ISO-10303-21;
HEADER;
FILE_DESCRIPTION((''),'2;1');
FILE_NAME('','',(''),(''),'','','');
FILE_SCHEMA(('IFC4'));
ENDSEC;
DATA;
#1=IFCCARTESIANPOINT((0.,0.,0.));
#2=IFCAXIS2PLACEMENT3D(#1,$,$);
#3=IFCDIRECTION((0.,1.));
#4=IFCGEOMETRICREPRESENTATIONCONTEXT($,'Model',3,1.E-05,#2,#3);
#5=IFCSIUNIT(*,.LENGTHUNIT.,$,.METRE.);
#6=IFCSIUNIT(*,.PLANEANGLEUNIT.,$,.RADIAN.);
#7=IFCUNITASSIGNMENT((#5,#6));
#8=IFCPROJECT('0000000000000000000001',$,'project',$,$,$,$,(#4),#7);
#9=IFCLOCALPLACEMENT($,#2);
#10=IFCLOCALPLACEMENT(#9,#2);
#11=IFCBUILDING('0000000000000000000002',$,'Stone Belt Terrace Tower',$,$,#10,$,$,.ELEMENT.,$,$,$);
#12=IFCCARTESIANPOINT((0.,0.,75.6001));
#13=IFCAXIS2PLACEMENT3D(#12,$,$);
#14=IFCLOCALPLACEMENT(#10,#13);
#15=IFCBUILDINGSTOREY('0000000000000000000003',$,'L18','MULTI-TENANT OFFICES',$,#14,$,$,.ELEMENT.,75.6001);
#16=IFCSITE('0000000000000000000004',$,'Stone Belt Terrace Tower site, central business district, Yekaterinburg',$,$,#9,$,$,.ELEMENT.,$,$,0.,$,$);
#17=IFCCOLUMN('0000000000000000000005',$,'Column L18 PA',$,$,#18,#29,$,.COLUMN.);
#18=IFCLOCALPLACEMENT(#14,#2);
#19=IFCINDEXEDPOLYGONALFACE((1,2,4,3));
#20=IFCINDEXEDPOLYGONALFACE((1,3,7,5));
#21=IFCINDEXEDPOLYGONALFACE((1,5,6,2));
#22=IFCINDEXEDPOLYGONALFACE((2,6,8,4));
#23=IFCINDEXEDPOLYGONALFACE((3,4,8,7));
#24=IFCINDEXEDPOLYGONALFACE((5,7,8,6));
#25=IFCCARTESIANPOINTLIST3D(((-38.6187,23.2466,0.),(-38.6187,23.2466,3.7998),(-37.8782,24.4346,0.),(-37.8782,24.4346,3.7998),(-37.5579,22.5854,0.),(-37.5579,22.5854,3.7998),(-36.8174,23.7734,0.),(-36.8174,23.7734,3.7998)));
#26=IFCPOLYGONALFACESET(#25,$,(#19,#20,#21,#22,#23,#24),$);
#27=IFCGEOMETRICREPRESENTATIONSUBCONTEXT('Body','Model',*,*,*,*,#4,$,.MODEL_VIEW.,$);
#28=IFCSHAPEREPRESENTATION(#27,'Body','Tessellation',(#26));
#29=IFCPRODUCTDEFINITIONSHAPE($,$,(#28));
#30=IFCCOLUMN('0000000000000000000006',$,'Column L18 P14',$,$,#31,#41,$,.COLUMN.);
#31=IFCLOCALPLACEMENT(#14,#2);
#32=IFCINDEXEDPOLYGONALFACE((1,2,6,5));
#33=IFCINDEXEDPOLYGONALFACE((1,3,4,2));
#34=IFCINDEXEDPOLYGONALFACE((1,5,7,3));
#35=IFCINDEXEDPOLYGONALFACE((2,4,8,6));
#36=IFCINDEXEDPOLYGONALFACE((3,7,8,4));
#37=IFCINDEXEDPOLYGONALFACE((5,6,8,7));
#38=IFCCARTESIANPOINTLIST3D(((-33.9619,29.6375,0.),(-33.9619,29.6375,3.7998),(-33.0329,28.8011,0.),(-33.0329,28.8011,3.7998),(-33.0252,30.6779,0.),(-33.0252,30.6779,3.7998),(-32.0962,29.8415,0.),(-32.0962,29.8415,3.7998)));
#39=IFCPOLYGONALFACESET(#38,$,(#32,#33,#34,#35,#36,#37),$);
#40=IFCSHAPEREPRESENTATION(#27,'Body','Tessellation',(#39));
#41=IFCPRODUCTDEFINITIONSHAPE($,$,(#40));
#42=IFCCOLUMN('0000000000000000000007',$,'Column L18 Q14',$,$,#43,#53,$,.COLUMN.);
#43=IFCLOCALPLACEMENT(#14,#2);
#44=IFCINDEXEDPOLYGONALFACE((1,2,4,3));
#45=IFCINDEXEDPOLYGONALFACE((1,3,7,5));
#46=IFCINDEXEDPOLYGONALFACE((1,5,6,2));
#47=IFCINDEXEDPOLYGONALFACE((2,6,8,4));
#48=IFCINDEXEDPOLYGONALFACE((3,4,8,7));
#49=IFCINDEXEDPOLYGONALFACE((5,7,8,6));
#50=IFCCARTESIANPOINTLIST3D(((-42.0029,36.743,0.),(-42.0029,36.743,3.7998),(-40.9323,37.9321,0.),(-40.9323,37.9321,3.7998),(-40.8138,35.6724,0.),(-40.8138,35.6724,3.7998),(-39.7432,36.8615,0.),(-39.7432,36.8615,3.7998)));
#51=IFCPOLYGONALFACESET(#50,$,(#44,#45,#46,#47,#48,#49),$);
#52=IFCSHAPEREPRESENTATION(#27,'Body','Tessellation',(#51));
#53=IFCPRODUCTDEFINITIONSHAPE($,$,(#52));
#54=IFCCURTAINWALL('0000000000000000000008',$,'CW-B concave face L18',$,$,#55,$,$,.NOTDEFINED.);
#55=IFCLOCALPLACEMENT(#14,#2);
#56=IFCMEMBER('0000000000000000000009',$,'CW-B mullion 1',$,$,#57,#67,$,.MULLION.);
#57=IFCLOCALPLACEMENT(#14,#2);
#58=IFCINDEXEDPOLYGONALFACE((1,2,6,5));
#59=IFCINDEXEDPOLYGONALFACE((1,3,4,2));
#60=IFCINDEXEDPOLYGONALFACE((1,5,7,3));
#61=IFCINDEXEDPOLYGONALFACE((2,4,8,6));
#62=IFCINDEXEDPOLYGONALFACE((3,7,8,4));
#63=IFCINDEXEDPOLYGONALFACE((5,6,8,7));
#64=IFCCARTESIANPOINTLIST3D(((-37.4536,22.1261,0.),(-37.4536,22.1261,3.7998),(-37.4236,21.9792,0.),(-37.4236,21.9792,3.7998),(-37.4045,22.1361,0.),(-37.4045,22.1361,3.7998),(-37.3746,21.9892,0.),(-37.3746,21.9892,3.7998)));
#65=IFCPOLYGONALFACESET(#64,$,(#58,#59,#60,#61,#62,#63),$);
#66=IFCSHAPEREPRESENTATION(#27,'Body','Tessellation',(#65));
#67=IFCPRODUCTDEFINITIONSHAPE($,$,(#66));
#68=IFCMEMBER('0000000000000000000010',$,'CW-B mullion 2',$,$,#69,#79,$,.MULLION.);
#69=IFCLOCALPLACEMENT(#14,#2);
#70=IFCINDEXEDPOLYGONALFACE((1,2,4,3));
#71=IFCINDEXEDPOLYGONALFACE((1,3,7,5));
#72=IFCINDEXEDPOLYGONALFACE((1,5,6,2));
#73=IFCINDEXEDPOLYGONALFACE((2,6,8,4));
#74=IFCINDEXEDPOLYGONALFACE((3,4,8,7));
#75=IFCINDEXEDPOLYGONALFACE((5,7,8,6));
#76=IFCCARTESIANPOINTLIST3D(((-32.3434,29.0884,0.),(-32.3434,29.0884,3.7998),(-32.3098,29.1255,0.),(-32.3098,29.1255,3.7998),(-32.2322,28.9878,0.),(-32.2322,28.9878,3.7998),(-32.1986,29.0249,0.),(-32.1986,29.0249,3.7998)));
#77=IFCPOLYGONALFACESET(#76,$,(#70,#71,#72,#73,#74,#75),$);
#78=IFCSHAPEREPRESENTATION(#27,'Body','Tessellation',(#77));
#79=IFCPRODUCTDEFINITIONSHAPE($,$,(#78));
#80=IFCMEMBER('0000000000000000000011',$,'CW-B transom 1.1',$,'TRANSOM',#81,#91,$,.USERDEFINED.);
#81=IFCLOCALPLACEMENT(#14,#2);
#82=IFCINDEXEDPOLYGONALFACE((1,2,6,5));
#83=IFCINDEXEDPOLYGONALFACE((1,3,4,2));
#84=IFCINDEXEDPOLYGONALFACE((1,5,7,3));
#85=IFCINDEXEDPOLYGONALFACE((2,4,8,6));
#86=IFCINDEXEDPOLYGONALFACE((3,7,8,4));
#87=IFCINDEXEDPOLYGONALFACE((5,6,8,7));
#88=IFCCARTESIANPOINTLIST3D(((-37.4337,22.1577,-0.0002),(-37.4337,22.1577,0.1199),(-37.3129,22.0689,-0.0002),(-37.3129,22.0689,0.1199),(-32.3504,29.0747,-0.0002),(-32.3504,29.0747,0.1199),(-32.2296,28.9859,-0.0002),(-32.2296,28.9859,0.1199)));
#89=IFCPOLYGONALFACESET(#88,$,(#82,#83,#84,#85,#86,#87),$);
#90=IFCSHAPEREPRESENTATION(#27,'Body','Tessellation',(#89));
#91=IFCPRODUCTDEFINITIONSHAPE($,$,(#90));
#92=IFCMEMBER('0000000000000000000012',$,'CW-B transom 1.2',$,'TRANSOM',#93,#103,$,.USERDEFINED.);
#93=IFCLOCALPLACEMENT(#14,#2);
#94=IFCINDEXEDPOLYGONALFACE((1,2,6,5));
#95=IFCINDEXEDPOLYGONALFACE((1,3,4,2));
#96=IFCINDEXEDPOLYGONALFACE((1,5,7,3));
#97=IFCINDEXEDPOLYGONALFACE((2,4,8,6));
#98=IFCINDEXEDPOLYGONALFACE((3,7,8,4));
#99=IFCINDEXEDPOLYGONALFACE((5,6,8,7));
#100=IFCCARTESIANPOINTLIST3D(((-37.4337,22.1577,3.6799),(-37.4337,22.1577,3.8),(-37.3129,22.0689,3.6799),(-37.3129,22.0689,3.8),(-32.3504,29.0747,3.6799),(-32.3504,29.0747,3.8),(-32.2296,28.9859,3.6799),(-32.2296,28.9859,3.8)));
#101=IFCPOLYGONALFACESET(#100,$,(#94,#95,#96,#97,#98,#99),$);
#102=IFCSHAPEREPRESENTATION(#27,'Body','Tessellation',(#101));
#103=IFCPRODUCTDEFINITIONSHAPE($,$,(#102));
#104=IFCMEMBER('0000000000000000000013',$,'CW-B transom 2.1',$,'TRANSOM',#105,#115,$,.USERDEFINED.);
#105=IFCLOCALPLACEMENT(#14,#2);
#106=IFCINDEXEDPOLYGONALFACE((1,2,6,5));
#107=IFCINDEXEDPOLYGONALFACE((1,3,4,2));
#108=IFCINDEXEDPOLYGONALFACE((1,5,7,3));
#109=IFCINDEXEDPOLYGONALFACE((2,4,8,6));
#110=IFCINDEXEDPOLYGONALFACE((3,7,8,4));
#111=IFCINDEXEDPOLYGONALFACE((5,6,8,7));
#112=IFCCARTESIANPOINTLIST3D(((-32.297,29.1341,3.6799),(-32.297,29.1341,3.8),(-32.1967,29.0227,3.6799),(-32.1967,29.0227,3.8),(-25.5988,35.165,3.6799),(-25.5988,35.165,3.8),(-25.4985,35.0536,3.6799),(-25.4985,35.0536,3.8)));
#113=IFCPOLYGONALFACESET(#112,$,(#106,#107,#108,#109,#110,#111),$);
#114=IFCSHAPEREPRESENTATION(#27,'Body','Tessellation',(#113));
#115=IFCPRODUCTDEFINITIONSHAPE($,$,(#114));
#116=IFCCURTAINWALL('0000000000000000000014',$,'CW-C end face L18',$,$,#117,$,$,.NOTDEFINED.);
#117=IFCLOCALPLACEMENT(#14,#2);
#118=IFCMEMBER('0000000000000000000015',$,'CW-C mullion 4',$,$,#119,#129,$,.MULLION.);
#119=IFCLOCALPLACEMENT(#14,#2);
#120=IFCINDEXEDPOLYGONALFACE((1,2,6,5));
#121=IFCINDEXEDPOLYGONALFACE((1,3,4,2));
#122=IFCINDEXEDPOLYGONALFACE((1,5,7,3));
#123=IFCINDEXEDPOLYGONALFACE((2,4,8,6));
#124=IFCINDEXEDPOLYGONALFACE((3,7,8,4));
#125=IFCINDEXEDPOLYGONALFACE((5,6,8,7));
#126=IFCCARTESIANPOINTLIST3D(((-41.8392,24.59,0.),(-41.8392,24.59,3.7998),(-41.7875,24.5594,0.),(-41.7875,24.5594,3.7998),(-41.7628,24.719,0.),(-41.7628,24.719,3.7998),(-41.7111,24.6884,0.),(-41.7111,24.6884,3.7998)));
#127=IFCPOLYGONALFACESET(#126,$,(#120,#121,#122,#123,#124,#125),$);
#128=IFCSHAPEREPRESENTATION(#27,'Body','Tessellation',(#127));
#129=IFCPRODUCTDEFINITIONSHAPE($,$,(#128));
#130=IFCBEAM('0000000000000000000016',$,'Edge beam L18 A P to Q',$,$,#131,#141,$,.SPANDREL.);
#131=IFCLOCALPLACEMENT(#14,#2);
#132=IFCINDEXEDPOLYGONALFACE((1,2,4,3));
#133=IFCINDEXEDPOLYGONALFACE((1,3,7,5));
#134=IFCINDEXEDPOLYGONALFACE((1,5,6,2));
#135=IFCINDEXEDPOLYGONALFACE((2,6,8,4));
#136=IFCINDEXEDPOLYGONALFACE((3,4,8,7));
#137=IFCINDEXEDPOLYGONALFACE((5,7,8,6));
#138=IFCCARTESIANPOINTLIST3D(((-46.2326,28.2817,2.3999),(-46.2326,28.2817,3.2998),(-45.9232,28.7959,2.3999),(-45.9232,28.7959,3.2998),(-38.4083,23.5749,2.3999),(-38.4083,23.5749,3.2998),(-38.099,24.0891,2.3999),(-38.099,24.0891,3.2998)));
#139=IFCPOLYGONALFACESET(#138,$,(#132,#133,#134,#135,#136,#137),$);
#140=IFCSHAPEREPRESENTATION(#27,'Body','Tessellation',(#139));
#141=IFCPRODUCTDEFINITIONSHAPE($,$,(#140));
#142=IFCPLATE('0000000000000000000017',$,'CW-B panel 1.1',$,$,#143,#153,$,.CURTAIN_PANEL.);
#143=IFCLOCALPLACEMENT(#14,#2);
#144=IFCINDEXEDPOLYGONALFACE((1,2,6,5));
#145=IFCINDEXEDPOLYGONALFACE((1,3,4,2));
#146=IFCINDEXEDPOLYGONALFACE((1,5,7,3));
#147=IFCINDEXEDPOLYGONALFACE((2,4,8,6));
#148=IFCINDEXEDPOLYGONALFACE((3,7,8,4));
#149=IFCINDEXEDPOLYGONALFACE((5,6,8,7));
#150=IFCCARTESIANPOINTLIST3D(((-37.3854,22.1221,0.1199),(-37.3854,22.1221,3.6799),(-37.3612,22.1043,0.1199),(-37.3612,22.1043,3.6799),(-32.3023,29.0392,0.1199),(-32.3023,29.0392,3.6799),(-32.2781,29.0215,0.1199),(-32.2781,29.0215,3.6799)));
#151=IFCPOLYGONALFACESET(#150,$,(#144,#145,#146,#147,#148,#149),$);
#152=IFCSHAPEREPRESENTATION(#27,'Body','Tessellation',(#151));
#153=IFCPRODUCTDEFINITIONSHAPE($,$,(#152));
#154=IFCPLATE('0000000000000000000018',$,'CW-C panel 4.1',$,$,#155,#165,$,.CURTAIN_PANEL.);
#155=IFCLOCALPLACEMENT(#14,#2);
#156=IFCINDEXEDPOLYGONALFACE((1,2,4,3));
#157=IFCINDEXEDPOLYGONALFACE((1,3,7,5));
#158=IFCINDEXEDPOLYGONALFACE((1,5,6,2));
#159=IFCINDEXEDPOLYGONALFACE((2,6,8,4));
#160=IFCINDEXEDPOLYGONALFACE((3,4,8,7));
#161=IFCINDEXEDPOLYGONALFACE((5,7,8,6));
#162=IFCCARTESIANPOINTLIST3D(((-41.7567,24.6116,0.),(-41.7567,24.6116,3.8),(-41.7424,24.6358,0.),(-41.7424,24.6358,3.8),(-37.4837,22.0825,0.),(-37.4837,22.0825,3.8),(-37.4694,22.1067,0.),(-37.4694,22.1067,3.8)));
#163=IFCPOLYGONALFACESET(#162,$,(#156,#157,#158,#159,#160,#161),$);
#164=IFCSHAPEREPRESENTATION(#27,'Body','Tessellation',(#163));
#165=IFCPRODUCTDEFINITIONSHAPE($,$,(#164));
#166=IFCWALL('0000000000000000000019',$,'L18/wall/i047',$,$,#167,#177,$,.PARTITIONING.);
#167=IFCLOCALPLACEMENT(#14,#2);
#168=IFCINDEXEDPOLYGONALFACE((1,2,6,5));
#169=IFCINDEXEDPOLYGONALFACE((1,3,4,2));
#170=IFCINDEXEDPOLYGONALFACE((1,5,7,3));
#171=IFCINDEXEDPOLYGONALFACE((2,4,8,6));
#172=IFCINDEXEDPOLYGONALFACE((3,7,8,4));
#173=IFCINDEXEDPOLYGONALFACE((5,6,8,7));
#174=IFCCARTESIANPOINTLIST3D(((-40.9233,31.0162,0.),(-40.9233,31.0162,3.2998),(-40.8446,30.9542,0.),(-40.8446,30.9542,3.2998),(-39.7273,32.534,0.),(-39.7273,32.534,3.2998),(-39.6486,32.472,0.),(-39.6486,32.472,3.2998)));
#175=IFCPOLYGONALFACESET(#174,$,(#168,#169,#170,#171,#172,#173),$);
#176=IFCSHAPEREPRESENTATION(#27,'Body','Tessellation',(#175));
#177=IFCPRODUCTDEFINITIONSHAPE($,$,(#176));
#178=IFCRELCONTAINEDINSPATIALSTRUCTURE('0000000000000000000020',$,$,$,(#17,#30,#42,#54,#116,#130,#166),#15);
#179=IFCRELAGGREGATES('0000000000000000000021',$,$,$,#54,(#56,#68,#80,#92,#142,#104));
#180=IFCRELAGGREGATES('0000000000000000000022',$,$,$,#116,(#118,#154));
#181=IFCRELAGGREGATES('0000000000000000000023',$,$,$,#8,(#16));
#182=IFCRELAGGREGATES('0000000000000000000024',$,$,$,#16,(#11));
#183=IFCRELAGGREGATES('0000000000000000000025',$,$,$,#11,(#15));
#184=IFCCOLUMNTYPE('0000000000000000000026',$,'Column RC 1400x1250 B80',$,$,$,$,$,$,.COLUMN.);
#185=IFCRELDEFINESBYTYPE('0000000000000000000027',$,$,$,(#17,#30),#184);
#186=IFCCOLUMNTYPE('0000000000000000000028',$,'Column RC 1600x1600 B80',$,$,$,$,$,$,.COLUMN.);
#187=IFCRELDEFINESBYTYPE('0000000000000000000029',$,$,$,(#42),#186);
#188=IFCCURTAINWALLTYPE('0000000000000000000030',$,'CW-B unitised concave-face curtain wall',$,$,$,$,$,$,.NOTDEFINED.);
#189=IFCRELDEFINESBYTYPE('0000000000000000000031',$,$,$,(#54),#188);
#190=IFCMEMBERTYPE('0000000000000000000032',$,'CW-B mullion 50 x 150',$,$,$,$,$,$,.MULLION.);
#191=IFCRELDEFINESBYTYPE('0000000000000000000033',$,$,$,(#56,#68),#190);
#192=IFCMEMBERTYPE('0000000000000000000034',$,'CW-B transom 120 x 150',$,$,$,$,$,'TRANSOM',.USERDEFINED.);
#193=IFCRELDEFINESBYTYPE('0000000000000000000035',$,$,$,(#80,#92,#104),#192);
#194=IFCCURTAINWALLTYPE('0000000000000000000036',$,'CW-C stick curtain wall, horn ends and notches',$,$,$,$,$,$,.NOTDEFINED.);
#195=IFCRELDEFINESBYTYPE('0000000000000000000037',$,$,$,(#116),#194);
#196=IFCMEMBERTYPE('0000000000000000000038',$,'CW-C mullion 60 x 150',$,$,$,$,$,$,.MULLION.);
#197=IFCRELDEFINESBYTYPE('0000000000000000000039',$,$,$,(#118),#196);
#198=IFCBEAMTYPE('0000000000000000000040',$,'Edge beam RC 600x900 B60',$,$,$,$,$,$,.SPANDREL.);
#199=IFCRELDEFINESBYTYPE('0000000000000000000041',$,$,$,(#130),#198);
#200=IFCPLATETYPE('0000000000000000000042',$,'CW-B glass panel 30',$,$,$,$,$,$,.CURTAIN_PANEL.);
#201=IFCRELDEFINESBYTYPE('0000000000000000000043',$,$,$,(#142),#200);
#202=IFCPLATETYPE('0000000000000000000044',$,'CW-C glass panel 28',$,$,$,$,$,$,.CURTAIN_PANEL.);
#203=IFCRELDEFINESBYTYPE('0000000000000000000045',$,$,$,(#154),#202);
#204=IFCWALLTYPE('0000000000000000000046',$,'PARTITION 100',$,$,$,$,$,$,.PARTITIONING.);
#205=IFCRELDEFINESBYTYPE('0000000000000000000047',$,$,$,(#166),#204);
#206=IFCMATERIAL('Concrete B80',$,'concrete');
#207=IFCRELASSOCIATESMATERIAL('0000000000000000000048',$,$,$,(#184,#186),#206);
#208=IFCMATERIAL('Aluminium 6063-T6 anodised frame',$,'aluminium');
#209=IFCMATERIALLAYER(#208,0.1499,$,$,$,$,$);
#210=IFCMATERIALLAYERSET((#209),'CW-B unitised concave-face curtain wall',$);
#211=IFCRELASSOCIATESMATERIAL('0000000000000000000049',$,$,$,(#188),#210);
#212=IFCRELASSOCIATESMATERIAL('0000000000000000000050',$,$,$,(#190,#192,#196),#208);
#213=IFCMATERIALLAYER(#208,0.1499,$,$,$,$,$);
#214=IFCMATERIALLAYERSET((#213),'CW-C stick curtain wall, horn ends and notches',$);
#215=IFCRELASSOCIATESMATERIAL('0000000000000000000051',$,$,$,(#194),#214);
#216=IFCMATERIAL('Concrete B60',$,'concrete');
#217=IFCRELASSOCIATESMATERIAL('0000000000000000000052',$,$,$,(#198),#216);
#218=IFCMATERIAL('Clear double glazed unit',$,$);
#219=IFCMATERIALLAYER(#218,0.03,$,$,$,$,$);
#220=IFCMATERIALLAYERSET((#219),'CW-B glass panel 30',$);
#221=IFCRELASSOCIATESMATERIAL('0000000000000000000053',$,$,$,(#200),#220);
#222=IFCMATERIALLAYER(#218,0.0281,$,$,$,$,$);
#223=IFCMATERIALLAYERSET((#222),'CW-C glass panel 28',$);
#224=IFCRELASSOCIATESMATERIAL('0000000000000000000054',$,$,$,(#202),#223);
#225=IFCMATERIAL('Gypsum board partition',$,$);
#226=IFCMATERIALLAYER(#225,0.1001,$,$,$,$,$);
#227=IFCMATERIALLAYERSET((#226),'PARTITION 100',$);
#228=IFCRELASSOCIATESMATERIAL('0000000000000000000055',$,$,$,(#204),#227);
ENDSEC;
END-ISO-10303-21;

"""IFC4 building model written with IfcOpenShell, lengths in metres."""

from ifc_helpers import new_model, si_unit, direction, frame, frame_2d, origin, origin_2d, place, context, subcontext, project, spatial, rectangle, extrude, material, layer, layer_set, material_profile, profile_set, type_object, element, aggregate, save


model = new_model("IFC4")

# Units and contexts
model_context = context("Model", 3, precision=1e-05, world=origin(), true_north=direction((0.0, 1.0)))
body_context = subcontext(model_context, "Body", "Model", "MODEL_VIEW")
ifc_project = project(units=[si_unit("LENGTHUNIT", "METRE"), si_unit("PLANEANGLEUNIT", "RADIAN")], contexts=[model_context])

# Site, building, storey
site_placement = place(None, origin())
site = spatial("IfcSite", under=ifc_project, at=site_placement, Name="Stone Belt Terrace Tower site, central business district, Yekaterinburg", CompositionType="ELEMENT", RefElevation=0.0)
building_placement = place(site_placement, origin())
building = spatial("IfcBuilding", under=site, at=building_placement, Name="Stone Belt Terrace Tower", CompositionType="ELEMENT")
storey_placement = place(building_placement, frame((0.0, 0.0, 75.6001)))
storey = spatial("IfcBuildingStorey", under=building, at=storey_placement, Name="L18", Description="MULTI-TENANT OFFICES", CompositionType="ELEMENT", Elevation=75.6001)

# Columns
ifc_material_1 = material(Name="Concrete B80", Category="concrete")
ifc_material_profile_1 = material_profile(ifc_material_1, rectangle(XDim=1.3999, YDim=1.25, at=origin_2d()), Name="RC 1400x1250")
ifc_profile_set_1 = profile_set([ifc_material_profile_1], Name="Concrete B80")
column_type_1 = type_object("IfcColumnType", Name="Column RC 1400x1250 B80", PredefinedType="COLUMN", material=ifc_profile_set_1)
for number, where, z_axis, x_axis, name in (
    (1, (-37.718, 23.51, 0.0), (0.0, 0.0, 1.0), (0.528967, 0.848642, 0.0), "Column L18 PA"),
    (2, (-33.0291, 29.7395, 0.0), (0.0, 0.0, 1.0), (0.669131, 0.743145, 0.0), "Column L18 P14"),
):
    element("IfcColumn", number, at=place(storey_placement, frame(where, z_axis=z_axis, x_axis=x_axis)), inside=storey, type_object=column_type_1, Name=name, PredefinedType="COLUMN", context=body_context, shape_type="SweptSolid", body=[
        extrude(rectangle(XDim=1.3999, YDim=1.25, at=origin_2d()), origin(), (0.0, 0.0, 1.0), 3.7998),
    ])
ifc_material_profile_2 = material_profile(ifc_material_1, rectangle(XDim=1.6001, YDim=1.6001, at=origin_2d()), Name="RC 1600x1600")
ifc_profile_set_2 = profile_set([ifc_material_profile_2], Name="Concrete B80")
column_type_2 = type_object("IfcColumnType", Name="Column RC 1600x1600 B80", PredefinedType="COLUMN", material=ifc_profile_set_2)
column_placement = place(storey_placement, frame((-40.873, 36.8022, 0.0), z_axis=(0.0, 0.0, 1.0), x_axis=(0.669131, 0.743145, 0.0)))
element("IfcColumn", 3, at=column_placement, inside=storey, type_object=column_type_2, Name="Column L18 Q14", PredefinedType="COLUMN", context=body_context, shape_type="SweptSolid", body=[
    extrude(rectangle(XDim=1.6001, YDim=1.6001, at=origin_2d()), origin(), (0.0, 0.0, 1.0), 3.7998),
])

# Curtain wall, members
ifc_material_2 = material(Name="Aluminium 6063-T6 anodised frame", Category="aluminium")
ifc_layer_1 = layer(ifc_material_2, 0.1499)
ifc_layer_set_1 = layer_set([ifc_layer_1], Name="CW-B unitised concave-face curtain wall")
curtain_wall_type_1 = type_object("IfcCurtainWallType", Name="CW-B unitised concave-face curtain wall", PredefinedType="NOTDEFINED", material=ifc_layer_set_1)
curtain_wall_1_placement = place(storey_placement, origin())
curtain_wall_1 = element("IfcCurtainWall", 4, at=curtain_wall_1_placement, inside=storey, type_object=curtain_wall_type_1, Name="CW-B concave face L18", PredefinedType="NOTDEFINED")
ifc_material_profile_3 = material_profile(ifc_material_2, rectangle(XDim=0.1499, YDim=0.05, at=origin_2d()), Name="Aluminium 6063-T6 50x150")
ifc_profile_set_3 = profile_set([ifc_material_profile_3], Name="Aluminium 6063-T6 anodised frame")
member_type_1 = type_object("IfcMemberType", Name="CW-B mullion 50 x 150", PredefinedType="MULLION", material=ifc_profile_set_3)
member_1_placement = place(storey_placement, frame((-37.4141, 22.0576, 0.0), z_axis=(0.0, 0.0, 1.0), x_axis=(-0.199957, 0.979805, 0.0)))
member_1 = element("IfcMember", 5, at=member_1_placement, type_object=member_type_1, Name="CW-B mullion 1", PredefinedType="MULLION", context=body_context, shape_type="SweptSolid", body=[
    extrude(rectangle(XDim=0.1499, YDim=0.05, at=origin_2d()), origin(), (0.0, 0.0, 1.0), 3.7998),
])
member_2_placement = place(storey_placement, frame((-32.271, 29.0566, 0.0), z_axis=(0.0, 0.0, 1.0), x_axis=(-0.74133, 0.671141, 0.0)))
member_2 = element("IfcMember", 6, at=member_2_placement, type_object=member_type_1, Name="CW-B mullion 2", PredefinedType="MULLION", context=body_context, shape_type="SweptSolid", body=[
    extrude(rectangle(XDim=0.1499, YDim=0.05, at=origin_2d()), origin(), (0.0, 0.0, 1.0), 3.7998),
])
ifc_material_profile_4 = material_profile(ifc_material_2, rectangle(XDim=0.1499, YDim=0.1201, at=origin_2d()), Name="Aluminium 6063-T6 150x120")
ifc_profile_set_4 = profile_set([ifc_material_profile_4], Name="Aluminium 6063-T6 anodised frame")
member_type_2 = type_object("IfcMemberType", Name="CW-B transom 120 x 150", ElementType="TRANSOM", PredefinedType="USERDEFINED", material=ifc_profile_set_4)
member_3_placement = place(storey_placement, frame((-37.3733, 22.1133, 0.0598), z_axis=(0.592181, 0.805805, 0.0), x_axis=(-0.805805, 0.592181, 0.0)))
member_3 = element("IfcMember", 7, at=member_3_placement, type_object=member_type_2, Name="CW-B transom 1.1", ObjectType="TRANSOM", PredefinedType="USERDEFINED", context=body_context, shape_type="SweptSolid", body=[
    extrude(rectangle(XDim=0.1499, YDim=0.1201, at=origin_2d()), origin(), (0.0, 0.0, 1.0), 8.584),
])
member_4_placement = place(storey_placement, frame((-37.3733, 22.1133, 3.74), z_axis=(0.592181, 0.805805, 0.0), x_axis=(-0.805805, 0.592181, 0.0)))
member_4 = element("IfcMember", 8, at=member_4_placement, type_object=member_type_2, Name="CW-B transom 1.2", ObjectType="TRANSOM", PredefinedType="USERDEFINED", context=body_context, shape_type="SweptSolid", body=[
    extrude(rectangle(XDim=0.1499, YDim=0.1201, at=origin_2d()), origin(), (0.0, 0.0, 1.0), 8.584),
])
member_5_placement = place(storey_placement, frame((-32.2468, 29.0784, 3.74), z_axis=(0.743151, 0.669123, 0.0), x_axis=(-0.669123, 0.743151, 0.0)))
member_5 = element("IfcMember", 9, at=member_5_placement, type_object=member_type_2, Name="CW-B transom 2.1", ObjectType="TRANSOM", PredefinedType="USERDEFINED", context=body_context, shape_type="SweptSolid", body=[
    extrude(rectangle(XDim=0.1499, YDim=0.1201, at=origin_2d()), origin(), (0.0, 0.0, 1.0), 9.0132),
])

# Curtain wall, member
ifc_layer_2 = layer(ifc_material_2, 0.1499)
ifc_layer_set_2 = layer_set([ifc_layer_2], Name="CW-C stick curtain wall, horn ends and notches")
curtain_wall_type_2 = type_object("IfcCurtainWallType", Name="CW-C stick curtain wall, horn ends and notches", PredefinedType="NOTDEFINED", material=ifc_layer_set_2)
curtain_wall_2_placement = place(storey_placement, origin())
curtain_wall_2 = element("IfcCurtainWall", 10, at=curtain_wall_2_placement, inside=storey, type_object=curtain_wall_type_2, Name="CW-C end face L18", PredefinedType="NOTDEFINED")
ifc_material_profile_5 = material_profile(ifc_material_2, rectangle(XDim=0.1499, YDim=0.0601, at=origin_2d()), Name="Aluminium 6063-T6 60x150")
ifc_profile_set_5 = profile_set([ifc_material_profile_5], Name="Aluminium 6063-T6 anodised frame")
member_type_3 = type_object("IfcMemberType", Name="CW-C mullion 60 x 150", PredefinedType="MULLION", material=ifc_profile_set_5)
member_6_placement = place(storey_placement, frame((-41.7751, 24.6392, 0.0), z_axis=(0.0, 0.0, 1.0), x_axis=(0.509353, 0.860558, 0.0)))
member_6 = element("IfcMember", 11, at=member_6_placement, type_object=member_type_3, Name="CW-C mullion 4", PredefinedType="MULLION", context=body_context, shape_type="SweptSolid", body=[
    extrude(rectangle(XDim=0.1499, YDim=0.0601, at=origin_2d()), origin(), (0.0, 0.0, 1.0), 3.7998),
])

# Beam
ifc_material_3 = material(Name="Concrete B60", Category="concrete")
ifc_material_profile_6 = material_profile(ifc_material_3, rectangle(XDim=0.6001, YDim=0.8999, at=origin_2d()), Name="RC 600x900")
ifc_profile_set_6 = profile_set([ifc_material_profile_6], Name="Concrete B60")
beam_type = type_object("IfcBeamType", Name="Edge beam RC 600x900 B60", PredefinedType="SPANDREL", material=ifc_profile_set_6)
beam_placement = place(storey_placement, frame((-38.2537, 23.832, 2.8499), z_axis=(-0.8569, 0.515482, 0.0), x_axis=(-0.515482, -0.8569, 0.0)))
element("IfcBeam", 12, at=beam_placement, inside=storey, type_object=beam_type, Name="Edge beam L18 A P to Q", PredefinedType="SPANDREL", context=body_context, shape_type="SweptSolid", body=[
    extrude(rectangle(XDim=0.6001, YDim=0.8999, at=origin_2d()), origin(), (0.0, 0.0, 1.0), 9.1309),
])

# Plates
ifc_material_4 = material(Name="Clear double glazed unit")
ifc_layer_3 = layer(ifc_material_4, 0.03)
ifc_layer_set_3 = layer_set([ifc_layer_3], Name="CW-B glass panel 30")
plate_type_1 = type_object("IfcPlateType", Name="CW-B glass panel 30", PredefinedType="CURTAIN_PANEL", material=ifc_layer_set_3)
plate_1_placement = place(storey_placement, frame((-34.8318, 25.5718, 0.1199), z_axis=(0.0, 0.0, 1.0), x_axis=(0.592159, 0.805821, 0.0)))
plate_1 = element("IfcPlate", 13, at=plate_1_placement, type_object=plate_type_1, Name="CW-B panel 1.1", PredefinedType="CURTAIN_PANEL", context=body_context, shape_type="SweptSolid", body=[
    extrude(rectangle(XDim=8.584, YDim=0.03, at=origin_2d()), origin(), (0.0, 0.0, 1.0), 3.5601),
])
aggregate(curtain_wall_1, [member_1, member_2, member_3, member_4, plate_1, member_5])
ifc_layer_4 = layer(ifc_material_4, 0.0281)
ifc_layer_set_4 = layer_set([ifc_layer_4], Name="CW-C glass panel 28")
plate_type_2 = type_object("IfcPlateType", Name="CW-C glass panel 28", PredefinedType="CURTAIN_PANEL", material=ifc_layer_set_4)
plate_2_placement = place(storey_placement, frame((-39.613, 23.3591, 0.0), z_axis=(0.0, 0.0, 1.0), x_axis=(0.860558, -0.509353, 0.0)))
plate_2 = element("IfcPlate", 14, at=plate_2_placement, type_object=plate_type_2, Name="CW-C panel 4.1", PredefinedType="CURTAIN_PANEL", context=body_context, shape_type="SweptSolid", body=[
    extrude(rectangle(XDim=4.9653, YDim=0.0281, at=origin_2d()), origin(), (0.0, 0.0, 1.0), 3.8),
])
aggregate(curtain_wall_2, [member_6, plate_2])

# Wall
ifc_material_5 = material(Name="Gypsum board partition")
ifc_layer_5 = layer(ifc_material_5, 0.1001)
ifc_layer_set_5 = layer_set([ifc_layer_5], Name="PARTITION 100")
wall_type_1 = type_object("IfcWallType", Name="PARTITION 100", PredefinedType="PARTITIONING", material=ifc_layer_set_5)
wall_1_placement = place(storey_placement, frame((-40.884, 30.9851, 0.0), z_axis=(0.0, 0.0, 1.0), x_axis=(0.618931, 0.785445, 0.0)))
element("IfcWall", 15, at=wall_1_placement, inside=storey, type_object=wall_type_1, Name="L18/wall/i047", PredefinedType="PARTITIONING", context=body_context, shape_type="SweptSolid", body=[
    extrude(rectangle(XDim=1.9324, YDim=0.1001, at=frame_2d((0.9663, 0.0))), origin(), (0.0, 0.0, 1.0), 3.2998),
])

save(model, "model.ifc")
